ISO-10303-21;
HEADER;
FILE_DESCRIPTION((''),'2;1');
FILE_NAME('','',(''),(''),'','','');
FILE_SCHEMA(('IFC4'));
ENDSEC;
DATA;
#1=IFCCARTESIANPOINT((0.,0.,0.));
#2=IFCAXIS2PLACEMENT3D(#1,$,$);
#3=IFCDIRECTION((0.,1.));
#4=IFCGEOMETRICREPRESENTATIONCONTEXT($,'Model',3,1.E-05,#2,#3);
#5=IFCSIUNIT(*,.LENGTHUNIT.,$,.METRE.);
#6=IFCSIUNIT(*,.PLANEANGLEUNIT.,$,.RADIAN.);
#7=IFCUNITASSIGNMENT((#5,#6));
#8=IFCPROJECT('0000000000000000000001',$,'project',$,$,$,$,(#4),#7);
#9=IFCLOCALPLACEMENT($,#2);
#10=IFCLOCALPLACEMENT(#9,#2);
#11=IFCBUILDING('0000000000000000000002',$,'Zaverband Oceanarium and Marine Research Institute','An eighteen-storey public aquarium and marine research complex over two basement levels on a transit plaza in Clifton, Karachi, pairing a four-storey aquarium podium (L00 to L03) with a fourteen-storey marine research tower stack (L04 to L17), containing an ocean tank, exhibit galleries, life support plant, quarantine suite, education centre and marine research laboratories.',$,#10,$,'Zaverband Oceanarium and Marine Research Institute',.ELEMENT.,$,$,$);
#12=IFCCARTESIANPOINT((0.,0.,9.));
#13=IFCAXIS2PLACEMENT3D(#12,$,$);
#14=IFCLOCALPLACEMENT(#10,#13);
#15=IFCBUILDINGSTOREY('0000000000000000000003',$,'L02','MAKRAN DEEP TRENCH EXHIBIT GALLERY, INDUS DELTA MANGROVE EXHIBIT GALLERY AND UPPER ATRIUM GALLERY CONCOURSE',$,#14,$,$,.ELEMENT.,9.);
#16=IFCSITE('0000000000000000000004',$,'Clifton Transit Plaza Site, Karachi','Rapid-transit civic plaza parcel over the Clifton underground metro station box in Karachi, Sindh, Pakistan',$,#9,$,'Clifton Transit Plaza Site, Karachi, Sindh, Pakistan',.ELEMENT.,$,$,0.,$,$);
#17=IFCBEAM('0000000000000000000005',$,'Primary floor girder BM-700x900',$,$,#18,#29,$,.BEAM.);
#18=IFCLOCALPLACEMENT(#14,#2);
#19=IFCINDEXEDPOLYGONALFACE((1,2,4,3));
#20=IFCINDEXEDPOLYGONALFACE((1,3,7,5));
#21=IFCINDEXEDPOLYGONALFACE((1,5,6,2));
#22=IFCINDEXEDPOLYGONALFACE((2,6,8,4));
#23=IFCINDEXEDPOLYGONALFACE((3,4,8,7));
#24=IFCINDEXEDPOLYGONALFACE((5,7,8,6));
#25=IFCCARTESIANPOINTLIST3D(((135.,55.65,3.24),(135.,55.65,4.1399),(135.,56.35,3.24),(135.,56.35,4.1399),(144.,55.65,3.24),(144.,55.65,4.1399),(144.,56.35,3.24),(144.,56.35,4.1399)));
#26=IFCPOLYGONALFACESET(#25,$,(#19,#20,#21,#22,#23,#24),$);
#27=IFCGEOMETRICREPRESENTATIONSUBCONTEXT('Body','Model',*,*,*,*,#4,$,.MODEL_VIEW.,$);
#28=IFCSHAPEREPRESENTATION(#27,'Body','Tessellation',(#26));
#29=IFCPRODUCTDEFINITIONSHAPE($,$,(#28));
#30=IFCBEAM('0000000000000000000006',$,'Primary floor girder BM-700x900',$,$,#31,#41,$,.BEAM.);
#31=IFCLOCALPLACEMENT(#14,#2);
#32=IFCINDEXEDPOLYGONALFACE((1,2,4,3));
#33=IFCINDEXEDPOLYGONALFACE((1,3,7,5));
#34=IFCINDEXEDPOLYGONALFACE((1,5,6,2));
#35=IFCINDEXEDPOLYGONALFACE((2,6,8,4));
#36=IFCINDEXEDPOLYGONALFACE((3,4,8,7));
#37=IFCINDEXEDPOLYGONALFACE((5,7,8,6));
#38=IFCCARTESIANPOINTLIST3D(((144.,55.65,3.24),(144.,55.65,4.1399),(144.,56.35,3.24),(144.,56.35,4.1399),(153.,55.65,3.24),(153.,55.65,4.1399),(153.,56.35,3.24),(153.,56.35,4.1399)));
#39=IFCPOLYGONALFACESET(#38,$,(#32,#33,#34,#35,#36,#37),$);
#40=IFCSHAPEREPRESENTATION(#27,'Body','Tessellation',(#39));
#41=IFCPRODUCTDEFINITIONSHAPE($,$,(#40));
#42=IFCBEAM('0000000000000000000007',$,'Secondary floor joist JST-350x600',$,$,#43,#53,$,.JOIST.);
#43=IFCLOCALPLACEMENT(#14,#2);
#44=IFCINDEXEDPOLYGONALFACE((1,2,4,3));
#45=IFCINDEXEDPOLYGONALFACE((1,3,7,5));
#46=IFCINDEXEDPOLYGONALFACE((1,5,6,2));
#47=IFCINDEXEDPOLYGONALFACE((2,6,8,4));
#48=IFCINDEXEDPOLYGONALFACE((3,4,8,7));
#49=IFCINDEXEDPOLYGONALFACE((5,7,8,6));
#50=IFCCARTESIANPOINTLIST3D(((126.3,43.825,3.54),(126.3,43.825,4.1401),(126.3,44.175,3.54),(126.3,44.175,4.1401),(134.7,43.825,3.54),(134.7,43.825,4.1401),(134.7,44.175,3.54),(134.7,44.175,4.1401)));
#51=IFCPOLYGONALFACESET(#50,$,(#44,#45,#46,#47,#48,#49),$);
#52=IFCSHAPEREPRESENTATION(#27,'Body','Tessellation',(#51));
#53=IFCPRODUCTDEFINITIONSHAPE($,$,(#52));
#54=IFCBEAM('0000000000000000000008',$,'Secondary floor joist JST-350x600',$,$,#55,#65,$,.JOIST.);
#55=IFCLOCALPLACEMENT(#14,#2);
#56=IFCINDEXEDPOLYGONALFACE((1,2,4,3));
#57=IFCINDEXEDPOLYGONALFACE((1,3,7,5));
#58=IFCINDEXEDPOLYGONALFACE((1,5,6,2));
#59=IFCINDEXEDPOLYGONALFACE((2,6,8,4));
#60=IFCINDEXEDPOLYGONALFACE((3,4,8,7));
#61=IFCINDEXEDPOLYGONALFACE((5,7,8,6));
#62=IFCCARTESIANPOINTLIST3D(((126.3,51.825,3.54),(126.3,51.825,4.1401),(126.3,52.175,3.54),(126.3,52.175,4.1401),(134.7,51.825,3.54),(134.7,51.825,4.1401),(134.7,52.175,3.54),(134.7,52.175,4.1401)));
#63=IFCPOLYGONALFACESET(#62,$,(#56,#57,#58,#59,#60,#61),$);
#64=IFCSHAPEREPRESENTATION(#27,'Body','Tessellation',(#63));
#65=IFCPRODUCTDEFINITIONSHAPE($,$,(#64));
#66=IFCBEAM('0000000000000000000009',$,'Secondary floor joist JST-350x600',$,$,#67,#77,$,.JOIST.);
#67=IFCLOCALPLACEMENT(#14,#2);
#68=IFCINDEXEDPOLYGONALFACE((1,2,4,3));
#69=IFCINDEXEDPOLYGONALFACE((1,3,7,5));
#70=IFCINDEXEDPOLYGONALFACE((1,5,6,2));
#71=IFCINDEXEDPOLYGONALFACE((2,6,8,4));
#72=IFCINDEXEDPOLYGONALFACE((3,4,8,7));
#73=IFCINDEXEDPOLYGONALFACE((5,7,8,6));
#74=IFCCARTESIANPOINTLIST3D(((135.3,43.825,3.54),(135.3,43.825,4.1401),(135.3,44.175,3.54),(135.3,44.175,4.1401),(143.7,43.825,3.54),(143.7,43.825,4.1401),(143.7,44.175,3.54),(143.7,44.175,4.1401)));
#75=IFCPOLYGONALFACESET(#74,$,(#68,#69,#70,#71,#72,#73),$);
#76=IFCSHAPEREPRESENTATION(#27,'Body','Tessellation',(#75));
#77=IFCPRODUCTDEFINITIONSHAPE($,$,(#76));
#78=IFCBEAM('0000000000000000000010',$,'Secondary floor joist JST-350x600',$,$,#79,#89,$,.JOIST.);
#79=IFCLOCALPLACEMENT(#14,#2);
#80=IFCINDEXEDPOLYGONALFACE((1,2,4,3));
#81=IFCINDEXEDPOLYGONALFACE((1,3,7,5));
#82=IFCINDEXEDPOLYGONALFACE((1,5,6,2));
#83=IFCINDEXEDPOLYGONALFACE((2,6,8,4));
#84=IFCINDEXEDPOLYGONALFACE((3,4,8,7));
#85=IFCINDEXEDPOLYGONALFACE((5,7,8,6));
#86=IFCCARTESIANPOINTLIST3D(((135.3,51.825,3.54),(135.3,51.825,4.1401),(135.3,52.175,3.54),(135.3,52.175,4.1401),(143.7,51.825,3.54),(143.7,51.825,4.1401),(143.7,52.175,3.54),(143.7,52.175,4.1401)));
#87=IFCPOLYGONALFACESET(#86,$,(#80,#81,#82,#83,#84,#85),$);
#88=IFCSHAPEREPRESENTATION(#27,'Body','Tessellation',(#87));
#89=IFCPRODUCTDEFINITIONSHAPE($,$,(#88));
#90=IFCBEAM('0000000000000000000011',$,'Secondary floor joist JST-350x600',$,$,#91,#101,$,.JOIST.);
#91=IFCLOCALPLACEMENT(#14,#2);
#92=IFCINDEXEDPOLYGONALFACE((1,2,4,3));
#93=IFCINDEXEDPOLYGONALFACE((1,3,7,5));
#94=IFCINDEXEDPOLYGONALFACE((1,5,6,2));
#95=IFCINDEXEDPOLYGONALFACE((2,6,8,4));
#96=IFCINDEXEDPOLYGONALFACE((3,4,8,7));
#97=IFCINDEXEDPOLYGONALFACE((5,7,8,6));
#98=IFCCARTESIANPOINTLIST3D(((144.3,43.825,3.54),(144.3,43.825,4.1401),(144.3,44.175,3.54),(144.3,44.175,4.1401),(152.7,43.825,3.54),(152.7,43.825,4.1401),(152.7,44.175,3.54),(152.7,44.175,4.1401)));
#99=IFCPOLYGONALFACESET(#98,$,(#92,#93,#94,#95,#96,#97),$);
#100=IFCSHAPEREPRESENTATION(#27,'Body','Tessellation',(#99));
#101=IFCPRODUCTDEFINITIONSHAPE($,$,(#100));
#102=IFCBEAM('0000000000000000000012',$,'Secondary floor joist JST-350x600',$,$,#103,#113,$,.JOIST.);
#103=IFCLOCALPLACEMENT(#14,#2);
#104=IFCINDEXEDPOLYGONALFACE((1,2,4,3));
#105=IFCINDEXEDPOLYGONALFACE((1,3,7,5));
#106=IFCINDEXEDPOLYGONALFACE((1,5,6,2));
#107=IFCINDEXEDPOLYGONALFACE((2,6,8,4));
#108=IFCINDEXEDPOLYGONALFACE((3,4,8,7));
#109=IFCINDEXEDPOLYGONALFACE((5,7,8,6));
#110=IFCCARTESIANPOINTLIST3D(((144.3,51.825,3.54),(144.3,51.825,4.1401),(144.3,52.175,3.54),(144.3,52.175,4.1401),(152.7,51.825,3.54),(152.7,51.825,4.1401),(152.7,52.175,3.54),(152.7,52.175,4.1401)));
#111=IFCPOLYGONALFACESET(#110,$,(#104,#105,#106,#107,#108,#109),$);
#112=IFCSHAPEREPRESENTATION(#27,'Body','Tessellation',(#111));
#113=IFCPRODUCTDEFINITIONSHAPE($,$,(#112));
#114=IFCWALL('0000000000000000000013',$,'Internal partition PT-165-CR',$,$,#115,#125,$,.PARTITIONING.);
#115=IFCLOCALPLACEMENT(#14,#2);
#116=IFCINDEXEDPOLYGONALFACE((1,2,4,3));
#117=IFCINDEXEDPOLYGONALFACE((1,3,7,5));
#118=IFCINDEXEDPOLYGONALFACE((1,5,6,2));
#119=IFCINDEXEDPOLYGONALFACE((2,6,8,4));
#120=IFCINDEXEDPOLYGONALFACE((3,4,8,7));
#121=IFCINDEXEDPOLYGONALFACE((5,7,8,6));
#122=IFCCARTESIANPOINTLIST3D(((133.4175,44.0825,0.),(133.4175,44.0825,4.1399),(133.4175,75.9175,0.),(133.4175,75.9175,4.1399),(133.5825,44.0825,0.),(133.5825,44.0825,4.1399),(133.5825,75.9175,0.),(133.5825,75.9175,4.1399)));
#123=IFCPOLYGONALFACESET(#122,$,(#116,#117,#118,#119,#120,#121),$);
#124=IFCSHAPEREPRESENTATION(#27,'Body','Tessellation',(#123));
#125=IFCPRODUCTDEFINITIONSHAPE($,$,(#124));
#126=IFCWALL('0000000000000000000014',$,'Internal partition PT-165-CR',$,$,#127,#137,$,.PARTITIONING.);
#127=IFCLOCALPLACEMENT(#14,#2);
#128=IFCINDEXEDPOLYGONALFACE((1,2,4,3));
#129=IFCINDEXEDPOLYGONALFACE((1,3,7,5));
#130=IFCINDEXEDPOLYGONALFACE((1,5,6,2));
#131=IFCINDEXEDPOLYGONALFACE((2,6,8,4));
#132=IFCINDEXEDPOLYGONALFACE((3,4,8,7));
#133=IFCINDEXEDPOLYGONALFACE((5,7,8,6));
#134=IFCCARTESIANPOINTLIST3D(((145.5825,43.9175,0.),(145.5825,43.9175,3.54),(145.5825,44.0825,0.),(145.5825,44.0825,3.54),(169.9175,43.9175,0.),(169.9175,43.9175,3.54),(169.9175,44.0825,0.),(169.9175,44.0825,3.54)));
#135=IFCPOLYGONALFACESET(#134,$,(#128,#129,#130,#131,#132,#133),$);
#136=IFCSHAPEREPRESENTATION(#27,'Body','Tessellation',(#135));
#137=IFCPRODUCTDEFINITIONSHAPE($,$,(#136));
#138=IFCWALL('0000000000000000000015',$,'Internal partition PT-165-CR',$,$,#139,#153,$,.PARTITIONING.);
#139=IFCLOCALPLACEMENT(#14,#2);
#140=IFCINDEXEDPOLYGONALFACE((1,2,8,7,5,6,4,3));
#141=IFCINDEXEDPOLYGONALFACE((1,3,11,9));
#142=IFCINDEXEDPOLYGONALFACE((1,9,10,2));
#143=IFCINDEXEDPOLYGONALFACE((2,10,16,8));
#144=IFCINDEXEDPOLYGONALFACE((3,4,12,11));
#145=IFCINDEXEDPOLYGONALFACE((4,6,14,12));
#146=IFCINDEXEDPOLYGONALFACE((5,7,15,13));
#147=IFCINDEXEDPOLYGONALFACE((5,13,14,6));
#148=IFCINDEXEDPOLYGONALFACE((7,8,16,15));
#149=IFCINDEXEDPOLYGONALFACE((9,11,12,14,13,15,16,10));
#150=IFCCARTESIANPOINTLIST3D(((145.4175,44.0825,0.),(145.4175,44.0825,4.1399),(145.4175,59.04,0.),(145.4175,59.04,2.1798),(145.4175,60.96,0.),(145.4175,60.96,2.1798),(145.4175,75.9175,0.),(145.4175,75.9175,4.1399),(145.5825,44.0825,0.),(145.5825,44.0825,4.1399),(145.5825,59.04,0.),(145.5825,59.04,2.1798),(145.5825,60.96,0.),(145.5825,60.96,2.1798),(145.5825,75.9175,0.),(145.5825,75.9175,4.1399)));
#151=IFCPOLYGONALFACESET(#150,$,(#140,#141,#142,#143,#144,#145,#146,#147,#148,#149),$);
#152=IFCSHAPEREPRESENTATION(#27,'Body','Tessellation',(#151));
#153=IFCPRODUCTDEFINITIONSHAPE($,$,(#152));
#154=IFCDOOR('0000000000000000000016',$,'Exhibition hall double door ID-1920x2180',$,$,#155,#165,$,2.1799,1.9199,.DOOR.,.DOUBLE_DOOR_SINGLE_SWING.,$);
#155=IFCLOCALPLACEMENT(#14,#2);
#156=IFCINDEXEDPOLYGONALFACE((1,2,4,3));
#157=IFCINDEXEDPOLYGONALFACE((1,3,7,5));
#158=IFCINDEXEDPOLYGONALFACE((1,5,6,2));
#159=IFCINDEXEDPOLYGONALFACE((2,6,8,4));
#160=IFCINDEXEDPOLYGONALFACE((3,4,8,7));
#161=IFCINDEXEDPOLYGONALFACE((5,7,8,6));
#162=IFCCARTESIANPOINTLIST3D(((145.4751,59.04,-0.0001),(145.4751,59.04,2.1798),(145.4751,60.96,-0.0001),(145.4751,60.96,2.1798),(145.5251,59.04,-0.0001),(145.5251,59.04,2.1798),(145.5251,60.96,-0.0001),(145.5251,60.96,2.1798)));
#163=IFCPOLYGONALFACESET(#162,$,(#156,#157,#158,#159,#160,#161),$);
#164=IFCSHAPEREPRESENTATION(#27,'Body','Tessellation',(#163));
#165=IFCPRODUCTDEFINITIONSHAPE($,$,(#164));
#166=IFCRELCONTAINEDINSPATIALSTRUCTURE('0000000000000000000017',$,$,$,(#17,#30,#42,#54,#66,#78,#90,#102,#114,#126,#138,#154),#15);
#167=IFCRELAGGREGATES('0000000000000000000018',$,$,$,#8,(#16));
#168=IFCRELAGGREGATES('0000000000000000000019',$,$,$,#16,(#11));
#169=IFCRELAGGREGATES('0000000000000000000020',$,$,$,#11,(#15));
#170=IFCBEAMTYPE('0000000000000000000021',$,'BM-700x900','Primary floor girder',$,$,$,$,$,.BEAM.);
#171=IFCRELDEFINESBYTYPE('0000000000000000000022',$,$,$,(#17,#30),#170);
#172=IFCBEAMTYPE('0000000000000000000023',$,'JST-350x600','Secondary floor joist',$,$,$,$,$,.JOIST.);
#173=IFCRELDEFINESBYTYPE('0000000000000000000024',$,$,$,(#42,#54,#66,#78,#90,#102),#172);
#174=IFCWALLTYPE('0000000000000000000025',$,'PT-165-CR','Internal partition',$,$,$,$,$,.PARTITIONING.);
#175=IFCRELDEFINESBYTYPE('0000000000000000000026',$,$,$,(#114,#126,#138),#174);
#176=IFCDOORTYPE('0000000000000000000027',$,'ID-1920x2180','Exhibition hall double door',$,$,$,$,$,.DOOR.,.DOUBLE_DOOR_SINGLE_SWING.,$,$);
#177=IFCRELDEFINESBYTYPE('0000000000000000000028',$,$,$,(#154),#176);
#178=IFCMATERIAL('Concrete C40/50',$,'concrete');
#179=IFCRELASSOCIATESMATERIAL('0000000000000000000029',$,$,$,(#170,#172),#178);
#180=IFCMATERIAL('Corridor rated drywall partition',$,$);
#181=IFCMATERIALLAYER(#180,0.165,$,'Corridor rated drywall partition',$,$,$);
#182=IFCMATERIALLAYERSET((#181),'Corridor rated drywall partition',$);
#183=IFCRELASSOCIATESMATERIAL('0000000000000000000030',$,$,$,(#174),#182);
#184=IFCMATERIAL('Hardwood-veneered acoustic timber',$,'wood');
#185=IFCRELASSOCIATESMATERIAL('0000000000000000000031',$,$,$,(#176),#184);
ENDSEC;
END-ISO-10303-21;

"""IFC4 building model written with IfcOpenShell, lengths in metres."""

from ifc_helpers import new_model, si_unit, direction, frame, frame_2d, origin, origin_2d, place, context, subcontext, project, spatial, rectangle, extrude, material, layer, layer_set, material_profile, profile_set, type_object, element, fill, save


model = new_model("IFC4")

# Units and contexts
model_context = context("Model", 3, precision=1e-05, world=origin(), true_north=direction((0.0, 1.0)))
body_context = subcontext(model_context, "Body", "Model", "MODEL_VIEW")
ifc_project = project(units=[si_unit("LENGTHUNIT", "METRE"), si_unit("PLANEANGLEUNIT", "RADIAN")], contexts=[model_context])

# Site, building, storey
site_placement = place(None, origin())
site = spatial("IfcSite", under=ifc_project, at=site_placement, Name="Clifton Transit Plaza Site, Karachi", Description="Rapid-transit civic plaza parcel over the Clifton underground metro station box in Karachi, Sindh, Pakistan", LongName="Clifton Transit Plaza Site, Karachi, Sindh, Pakistan", CompositionType="ELEMENT", RefElevation=0.0)
building_placement = place(site_placement, origin())
building = spatial("IfcBuilding", under=site, at=building_placement, Name="Zaverband Oceanarium and Marine Research Institute", Description="An eighteen-storey public aquarium and marine research complex over two basement levels on a transit plaza in Clifton, Karachi, pairing a four-storey aquarium podium (L00 to L03) with a fourteen-storey marine research tower stack (L04 to L17), containing an ocean tank, exhibit galleries, life support plant, quarantine suite, education centre and marine research laboratories.", LongName="Zaverband Oceanarium and Marine Research Institute", CompositionType="ELEMENT")
storey_placement = place(building_placement, frame((0.0, 0.0, 9.0)))
storey = spatial("IfcBuildingStorey", under=building, at=storey_placement, Name="L02", Description="MAKRAN DEEP TRENCH EXHIBIT GALLERY, INDUS DELTA MANGROVE EXHIBIT GALLERY AND UPPER ATRIUM GALLERY CONCOURSE", CompositionType="ELEMENT", Elevation=9.0)

# Beams
ifc_material_1 = material(Name="Concrete C40/50", Category="concrete")
ifc_material_profile_1 = material_profile(ifc_material_1, rectangle(XDim=0.7, YDim=0.8999, at=origin_2d()), Name="RC700x900")
ifc_profile_set_1 = profile_set([ifc_material_profile_1], Name="Concrete C40/50")
beam_type_1 = type_object("IfcBeamType", Name="BM-700x900", Description="Primary floor girder", PredefinedType="BEAM", material=ifc_profile_set_1)
for number, where, z_axis, x_axis, name in (
    (1, (135.0, 56.0, 3.6899), (1.0, 0.0, 0.0), (0.0, 1.0, 0.0), "Primary floor girder BM-700x900"),
    (2, (144.0, 56.0, 3.6899), (1.0, 0.0, 0.0), (0.0, 1.0, 0.0), "Primary floor girder BM-700x900"),
):
    element("IfcBeam", number, at=place(storey_placement, frame(where, z_axis=z_axis, x_axis=x_axis)), inside=storey, type_object=beam_type_1, Name=name, PredefinedType="BEAM", context=body_context, shape_type="SweptSolid", body=[
        extrude(rectangle(XDim=0.7, YDim=0.8999, at=origin_2d()), origin(), (0.0, 0.0, 1.0), 9.0),
    ])
ifc_material_profile_2 = material_profile(ifc_material_1, rectangle(XDim=0.3501, YDim=0.6001, at=origin_2d()), Name="RC350x600")
ifc_profile_set_2 = profile_set([ifc_material_profile_2], Name="Concrete C40/50")
beam_type_2 = type_object("IfcBeamType", Name="JST-350x600", Description="Secondary floor joist", PredefinedType="JOIST", material=ifc_profile_set_2)
for number, where, z_axis, x_axis, name in (
    (3, (126.3, 44.0, 3.8401), (1.0, 0.0, 0.0), (0.0, 1.0, 0.0), "Secondary floor joist JST-350x600"),
    (4, (126.3, 52.0, 3.8401), (1.0, 0.0, 0.0), (0.0, 1.0, 0.0), "Secondary floor joist JST-350x600"),
    (5, (135.3, 44.0, 3.8401), (1.0, 0.0, 0.0), (0.0, 1.0, 0.0), "Secondary floor joist JST-350x600"),
    (6, (135.3, 52.0, 3.8401), (1.0, 0.0, 0.0), (0.0, 1.0, 0.0), "Secondary floor joist JST-350x600"),
    (7, (144.3, 44.0, 3.8401), (1.0, 0.0, 0.0), (0.0, 1.0, 0.0), "Secondary floor joist JST-350x600"),
    (8, (144.3, 52.0, 3.8401), (1.0, 0.0, 0.0), (0.0, 1.0, 0.0), "Secondary floor joist JST-350x600"),
):
    element("IfcBeam", number, at=place(storey_placement, frame(where, z_axis=z_axis, x_axis=x_axis)), inside=storey, type_object=beam_type_2, Name=name, PredefinedType="JOIST", context=body_context, shape_type="SweptSolid", body=[
        extrude(rectangle(XDim=0.3501, YDim=0.6001, at=origin_2d()), origin(), (0.0, 0.0, 1.0), 8.3999),
    ])

# Walls
ifc_material_2 = material(Name="Corridor rated drywall partition")
ifc_layer = layer(ifc_material_2, 0.165, Name="Corridor rated drywall partition")
ifc_layer_set = layer_set([ifc_layer], Name="Corridor rated drywall partition")
wall_type = type_object("IfcWallType", Name="PT-165-CR", Description="Internal partition", PredefinedType="PARTITIONING", material=ifc_layer_set)
wall_1_placement = place(storey_placement, frame((133.5, 44.0825, 0.0), z_axis=(0.0, 0.0, 1.0), x_axis=(0.0, 1.0, 0.0)))
element("IfcWall", 9, at=wall_1_placement, inside=storey, type_object=wall_type, Name="Internal partition PT-165-CR", PredefinedType="PARTITIONING", context=body_context, shape_type="SweptSolid", body=[
    extrude(rectangle(XDim=31.835, YDim=0.165, at=frame_2d((15.9175, 0.0))), origin(), (0.0, 0.0, 1.0), 4.1399),
])
wall_2_placement = place(storey_placement, frame((145.5825, 44.0, 0.0), z_axis=(0.0, 0.0, 1.0), x_axis=(1.0, 0.0, 0.0)))
element("IfcWall", 10, at=wall_2_placement, inside=storey, type_object=wall_type, Name="Internal partition PT-165-CR", PredefinedType="PARTITIONING", context=body_context, shape_type="SweptSolid", body=[
    extrude(rectangle(XDim=24.335, YDim=0.165, at=frame_2d((12.1675, 0.0))), origin(), (0.0, 0.0, 1.0), 3.54),
])

# Wall, opening, door
wall_3_placement = place(storey_placement, frame((145.5, 44.0825, 0.0), z_axis=(0.0, 0.0, 1.0), x_axis=(0.0, 1.0, 0.0)))
wall_3 = element("IfcWall", 11, at=wall_3_placement, inside=storey, type_object=wall_type, Name="Internal partition PT-165-CR", PredefinedType="PARTITIONING", context=body_context, shape_type="SweptSolid", body=[
    extrude(rectangle(XDim=31.835, YDim=0.165, at=frame_2d((15.9175, 0.0))), origin(), (0.0, 0.0, 1.0), 4.1399),
])
opening_placement = place(wall_3_placement, frame((14.9575, 0.0, 0.0)))
opening = element("IfcOpeningElement", 12, at=opening_placement, cuts=wall_3, PredefinedType="OPENING", context=body_context, shape_type="SweptSolid", body=[
    extrude(rectangle(XDim=1.9199, YDim=2.1799, at=frame_2d((0.96, 1.0898))), frame((0.0, 0.0945, 0.0), z_axis=(0.0, -1.0, 0.0), x_axis=(1.0, 0.0, 0.0)), (0.0, 0.0, 1.0), 0.189),
])
ifc_material_3 = material(Name="Hardwood-veneered acoustic timber", Category="wood")
door_type = type_object("IfcDoorType", Name="ID-1920x2180", Description="Exhibition hall double door", OperationType="DOUBLE_DOOR_SINGLE_SWING", PredefinedType="DOOR", material=ifc_material_3)
door_placement = place(opening_placement, origin())
door = element("IfcDoor", 13, at=door_placement, inside=storey, type_object=door_type, Name="Exhibition hall double door ID-1920x2180", OperationType="DOUBLE_DOOR_SINGLE_SWING", OverallHeight=2.1799, OverallWidth=1.9199, PredefinedType="DOOR", context=body_context, shape_type="SweptSolid", body=[
    extrude(rectangle(XDim=1.9199, YDim=2.1799, at=frame_2d((0.96, 1.0898))), frame((0.0, 0.0249, 0.0), z_axis=(0.0, -1.0, 0.0), x_axis=(1.0, 0.0, 0.0)), (0.0, 0.0, 1.0), 0.05),
])
fill(opening, door)

save(model, "model.ifc")
